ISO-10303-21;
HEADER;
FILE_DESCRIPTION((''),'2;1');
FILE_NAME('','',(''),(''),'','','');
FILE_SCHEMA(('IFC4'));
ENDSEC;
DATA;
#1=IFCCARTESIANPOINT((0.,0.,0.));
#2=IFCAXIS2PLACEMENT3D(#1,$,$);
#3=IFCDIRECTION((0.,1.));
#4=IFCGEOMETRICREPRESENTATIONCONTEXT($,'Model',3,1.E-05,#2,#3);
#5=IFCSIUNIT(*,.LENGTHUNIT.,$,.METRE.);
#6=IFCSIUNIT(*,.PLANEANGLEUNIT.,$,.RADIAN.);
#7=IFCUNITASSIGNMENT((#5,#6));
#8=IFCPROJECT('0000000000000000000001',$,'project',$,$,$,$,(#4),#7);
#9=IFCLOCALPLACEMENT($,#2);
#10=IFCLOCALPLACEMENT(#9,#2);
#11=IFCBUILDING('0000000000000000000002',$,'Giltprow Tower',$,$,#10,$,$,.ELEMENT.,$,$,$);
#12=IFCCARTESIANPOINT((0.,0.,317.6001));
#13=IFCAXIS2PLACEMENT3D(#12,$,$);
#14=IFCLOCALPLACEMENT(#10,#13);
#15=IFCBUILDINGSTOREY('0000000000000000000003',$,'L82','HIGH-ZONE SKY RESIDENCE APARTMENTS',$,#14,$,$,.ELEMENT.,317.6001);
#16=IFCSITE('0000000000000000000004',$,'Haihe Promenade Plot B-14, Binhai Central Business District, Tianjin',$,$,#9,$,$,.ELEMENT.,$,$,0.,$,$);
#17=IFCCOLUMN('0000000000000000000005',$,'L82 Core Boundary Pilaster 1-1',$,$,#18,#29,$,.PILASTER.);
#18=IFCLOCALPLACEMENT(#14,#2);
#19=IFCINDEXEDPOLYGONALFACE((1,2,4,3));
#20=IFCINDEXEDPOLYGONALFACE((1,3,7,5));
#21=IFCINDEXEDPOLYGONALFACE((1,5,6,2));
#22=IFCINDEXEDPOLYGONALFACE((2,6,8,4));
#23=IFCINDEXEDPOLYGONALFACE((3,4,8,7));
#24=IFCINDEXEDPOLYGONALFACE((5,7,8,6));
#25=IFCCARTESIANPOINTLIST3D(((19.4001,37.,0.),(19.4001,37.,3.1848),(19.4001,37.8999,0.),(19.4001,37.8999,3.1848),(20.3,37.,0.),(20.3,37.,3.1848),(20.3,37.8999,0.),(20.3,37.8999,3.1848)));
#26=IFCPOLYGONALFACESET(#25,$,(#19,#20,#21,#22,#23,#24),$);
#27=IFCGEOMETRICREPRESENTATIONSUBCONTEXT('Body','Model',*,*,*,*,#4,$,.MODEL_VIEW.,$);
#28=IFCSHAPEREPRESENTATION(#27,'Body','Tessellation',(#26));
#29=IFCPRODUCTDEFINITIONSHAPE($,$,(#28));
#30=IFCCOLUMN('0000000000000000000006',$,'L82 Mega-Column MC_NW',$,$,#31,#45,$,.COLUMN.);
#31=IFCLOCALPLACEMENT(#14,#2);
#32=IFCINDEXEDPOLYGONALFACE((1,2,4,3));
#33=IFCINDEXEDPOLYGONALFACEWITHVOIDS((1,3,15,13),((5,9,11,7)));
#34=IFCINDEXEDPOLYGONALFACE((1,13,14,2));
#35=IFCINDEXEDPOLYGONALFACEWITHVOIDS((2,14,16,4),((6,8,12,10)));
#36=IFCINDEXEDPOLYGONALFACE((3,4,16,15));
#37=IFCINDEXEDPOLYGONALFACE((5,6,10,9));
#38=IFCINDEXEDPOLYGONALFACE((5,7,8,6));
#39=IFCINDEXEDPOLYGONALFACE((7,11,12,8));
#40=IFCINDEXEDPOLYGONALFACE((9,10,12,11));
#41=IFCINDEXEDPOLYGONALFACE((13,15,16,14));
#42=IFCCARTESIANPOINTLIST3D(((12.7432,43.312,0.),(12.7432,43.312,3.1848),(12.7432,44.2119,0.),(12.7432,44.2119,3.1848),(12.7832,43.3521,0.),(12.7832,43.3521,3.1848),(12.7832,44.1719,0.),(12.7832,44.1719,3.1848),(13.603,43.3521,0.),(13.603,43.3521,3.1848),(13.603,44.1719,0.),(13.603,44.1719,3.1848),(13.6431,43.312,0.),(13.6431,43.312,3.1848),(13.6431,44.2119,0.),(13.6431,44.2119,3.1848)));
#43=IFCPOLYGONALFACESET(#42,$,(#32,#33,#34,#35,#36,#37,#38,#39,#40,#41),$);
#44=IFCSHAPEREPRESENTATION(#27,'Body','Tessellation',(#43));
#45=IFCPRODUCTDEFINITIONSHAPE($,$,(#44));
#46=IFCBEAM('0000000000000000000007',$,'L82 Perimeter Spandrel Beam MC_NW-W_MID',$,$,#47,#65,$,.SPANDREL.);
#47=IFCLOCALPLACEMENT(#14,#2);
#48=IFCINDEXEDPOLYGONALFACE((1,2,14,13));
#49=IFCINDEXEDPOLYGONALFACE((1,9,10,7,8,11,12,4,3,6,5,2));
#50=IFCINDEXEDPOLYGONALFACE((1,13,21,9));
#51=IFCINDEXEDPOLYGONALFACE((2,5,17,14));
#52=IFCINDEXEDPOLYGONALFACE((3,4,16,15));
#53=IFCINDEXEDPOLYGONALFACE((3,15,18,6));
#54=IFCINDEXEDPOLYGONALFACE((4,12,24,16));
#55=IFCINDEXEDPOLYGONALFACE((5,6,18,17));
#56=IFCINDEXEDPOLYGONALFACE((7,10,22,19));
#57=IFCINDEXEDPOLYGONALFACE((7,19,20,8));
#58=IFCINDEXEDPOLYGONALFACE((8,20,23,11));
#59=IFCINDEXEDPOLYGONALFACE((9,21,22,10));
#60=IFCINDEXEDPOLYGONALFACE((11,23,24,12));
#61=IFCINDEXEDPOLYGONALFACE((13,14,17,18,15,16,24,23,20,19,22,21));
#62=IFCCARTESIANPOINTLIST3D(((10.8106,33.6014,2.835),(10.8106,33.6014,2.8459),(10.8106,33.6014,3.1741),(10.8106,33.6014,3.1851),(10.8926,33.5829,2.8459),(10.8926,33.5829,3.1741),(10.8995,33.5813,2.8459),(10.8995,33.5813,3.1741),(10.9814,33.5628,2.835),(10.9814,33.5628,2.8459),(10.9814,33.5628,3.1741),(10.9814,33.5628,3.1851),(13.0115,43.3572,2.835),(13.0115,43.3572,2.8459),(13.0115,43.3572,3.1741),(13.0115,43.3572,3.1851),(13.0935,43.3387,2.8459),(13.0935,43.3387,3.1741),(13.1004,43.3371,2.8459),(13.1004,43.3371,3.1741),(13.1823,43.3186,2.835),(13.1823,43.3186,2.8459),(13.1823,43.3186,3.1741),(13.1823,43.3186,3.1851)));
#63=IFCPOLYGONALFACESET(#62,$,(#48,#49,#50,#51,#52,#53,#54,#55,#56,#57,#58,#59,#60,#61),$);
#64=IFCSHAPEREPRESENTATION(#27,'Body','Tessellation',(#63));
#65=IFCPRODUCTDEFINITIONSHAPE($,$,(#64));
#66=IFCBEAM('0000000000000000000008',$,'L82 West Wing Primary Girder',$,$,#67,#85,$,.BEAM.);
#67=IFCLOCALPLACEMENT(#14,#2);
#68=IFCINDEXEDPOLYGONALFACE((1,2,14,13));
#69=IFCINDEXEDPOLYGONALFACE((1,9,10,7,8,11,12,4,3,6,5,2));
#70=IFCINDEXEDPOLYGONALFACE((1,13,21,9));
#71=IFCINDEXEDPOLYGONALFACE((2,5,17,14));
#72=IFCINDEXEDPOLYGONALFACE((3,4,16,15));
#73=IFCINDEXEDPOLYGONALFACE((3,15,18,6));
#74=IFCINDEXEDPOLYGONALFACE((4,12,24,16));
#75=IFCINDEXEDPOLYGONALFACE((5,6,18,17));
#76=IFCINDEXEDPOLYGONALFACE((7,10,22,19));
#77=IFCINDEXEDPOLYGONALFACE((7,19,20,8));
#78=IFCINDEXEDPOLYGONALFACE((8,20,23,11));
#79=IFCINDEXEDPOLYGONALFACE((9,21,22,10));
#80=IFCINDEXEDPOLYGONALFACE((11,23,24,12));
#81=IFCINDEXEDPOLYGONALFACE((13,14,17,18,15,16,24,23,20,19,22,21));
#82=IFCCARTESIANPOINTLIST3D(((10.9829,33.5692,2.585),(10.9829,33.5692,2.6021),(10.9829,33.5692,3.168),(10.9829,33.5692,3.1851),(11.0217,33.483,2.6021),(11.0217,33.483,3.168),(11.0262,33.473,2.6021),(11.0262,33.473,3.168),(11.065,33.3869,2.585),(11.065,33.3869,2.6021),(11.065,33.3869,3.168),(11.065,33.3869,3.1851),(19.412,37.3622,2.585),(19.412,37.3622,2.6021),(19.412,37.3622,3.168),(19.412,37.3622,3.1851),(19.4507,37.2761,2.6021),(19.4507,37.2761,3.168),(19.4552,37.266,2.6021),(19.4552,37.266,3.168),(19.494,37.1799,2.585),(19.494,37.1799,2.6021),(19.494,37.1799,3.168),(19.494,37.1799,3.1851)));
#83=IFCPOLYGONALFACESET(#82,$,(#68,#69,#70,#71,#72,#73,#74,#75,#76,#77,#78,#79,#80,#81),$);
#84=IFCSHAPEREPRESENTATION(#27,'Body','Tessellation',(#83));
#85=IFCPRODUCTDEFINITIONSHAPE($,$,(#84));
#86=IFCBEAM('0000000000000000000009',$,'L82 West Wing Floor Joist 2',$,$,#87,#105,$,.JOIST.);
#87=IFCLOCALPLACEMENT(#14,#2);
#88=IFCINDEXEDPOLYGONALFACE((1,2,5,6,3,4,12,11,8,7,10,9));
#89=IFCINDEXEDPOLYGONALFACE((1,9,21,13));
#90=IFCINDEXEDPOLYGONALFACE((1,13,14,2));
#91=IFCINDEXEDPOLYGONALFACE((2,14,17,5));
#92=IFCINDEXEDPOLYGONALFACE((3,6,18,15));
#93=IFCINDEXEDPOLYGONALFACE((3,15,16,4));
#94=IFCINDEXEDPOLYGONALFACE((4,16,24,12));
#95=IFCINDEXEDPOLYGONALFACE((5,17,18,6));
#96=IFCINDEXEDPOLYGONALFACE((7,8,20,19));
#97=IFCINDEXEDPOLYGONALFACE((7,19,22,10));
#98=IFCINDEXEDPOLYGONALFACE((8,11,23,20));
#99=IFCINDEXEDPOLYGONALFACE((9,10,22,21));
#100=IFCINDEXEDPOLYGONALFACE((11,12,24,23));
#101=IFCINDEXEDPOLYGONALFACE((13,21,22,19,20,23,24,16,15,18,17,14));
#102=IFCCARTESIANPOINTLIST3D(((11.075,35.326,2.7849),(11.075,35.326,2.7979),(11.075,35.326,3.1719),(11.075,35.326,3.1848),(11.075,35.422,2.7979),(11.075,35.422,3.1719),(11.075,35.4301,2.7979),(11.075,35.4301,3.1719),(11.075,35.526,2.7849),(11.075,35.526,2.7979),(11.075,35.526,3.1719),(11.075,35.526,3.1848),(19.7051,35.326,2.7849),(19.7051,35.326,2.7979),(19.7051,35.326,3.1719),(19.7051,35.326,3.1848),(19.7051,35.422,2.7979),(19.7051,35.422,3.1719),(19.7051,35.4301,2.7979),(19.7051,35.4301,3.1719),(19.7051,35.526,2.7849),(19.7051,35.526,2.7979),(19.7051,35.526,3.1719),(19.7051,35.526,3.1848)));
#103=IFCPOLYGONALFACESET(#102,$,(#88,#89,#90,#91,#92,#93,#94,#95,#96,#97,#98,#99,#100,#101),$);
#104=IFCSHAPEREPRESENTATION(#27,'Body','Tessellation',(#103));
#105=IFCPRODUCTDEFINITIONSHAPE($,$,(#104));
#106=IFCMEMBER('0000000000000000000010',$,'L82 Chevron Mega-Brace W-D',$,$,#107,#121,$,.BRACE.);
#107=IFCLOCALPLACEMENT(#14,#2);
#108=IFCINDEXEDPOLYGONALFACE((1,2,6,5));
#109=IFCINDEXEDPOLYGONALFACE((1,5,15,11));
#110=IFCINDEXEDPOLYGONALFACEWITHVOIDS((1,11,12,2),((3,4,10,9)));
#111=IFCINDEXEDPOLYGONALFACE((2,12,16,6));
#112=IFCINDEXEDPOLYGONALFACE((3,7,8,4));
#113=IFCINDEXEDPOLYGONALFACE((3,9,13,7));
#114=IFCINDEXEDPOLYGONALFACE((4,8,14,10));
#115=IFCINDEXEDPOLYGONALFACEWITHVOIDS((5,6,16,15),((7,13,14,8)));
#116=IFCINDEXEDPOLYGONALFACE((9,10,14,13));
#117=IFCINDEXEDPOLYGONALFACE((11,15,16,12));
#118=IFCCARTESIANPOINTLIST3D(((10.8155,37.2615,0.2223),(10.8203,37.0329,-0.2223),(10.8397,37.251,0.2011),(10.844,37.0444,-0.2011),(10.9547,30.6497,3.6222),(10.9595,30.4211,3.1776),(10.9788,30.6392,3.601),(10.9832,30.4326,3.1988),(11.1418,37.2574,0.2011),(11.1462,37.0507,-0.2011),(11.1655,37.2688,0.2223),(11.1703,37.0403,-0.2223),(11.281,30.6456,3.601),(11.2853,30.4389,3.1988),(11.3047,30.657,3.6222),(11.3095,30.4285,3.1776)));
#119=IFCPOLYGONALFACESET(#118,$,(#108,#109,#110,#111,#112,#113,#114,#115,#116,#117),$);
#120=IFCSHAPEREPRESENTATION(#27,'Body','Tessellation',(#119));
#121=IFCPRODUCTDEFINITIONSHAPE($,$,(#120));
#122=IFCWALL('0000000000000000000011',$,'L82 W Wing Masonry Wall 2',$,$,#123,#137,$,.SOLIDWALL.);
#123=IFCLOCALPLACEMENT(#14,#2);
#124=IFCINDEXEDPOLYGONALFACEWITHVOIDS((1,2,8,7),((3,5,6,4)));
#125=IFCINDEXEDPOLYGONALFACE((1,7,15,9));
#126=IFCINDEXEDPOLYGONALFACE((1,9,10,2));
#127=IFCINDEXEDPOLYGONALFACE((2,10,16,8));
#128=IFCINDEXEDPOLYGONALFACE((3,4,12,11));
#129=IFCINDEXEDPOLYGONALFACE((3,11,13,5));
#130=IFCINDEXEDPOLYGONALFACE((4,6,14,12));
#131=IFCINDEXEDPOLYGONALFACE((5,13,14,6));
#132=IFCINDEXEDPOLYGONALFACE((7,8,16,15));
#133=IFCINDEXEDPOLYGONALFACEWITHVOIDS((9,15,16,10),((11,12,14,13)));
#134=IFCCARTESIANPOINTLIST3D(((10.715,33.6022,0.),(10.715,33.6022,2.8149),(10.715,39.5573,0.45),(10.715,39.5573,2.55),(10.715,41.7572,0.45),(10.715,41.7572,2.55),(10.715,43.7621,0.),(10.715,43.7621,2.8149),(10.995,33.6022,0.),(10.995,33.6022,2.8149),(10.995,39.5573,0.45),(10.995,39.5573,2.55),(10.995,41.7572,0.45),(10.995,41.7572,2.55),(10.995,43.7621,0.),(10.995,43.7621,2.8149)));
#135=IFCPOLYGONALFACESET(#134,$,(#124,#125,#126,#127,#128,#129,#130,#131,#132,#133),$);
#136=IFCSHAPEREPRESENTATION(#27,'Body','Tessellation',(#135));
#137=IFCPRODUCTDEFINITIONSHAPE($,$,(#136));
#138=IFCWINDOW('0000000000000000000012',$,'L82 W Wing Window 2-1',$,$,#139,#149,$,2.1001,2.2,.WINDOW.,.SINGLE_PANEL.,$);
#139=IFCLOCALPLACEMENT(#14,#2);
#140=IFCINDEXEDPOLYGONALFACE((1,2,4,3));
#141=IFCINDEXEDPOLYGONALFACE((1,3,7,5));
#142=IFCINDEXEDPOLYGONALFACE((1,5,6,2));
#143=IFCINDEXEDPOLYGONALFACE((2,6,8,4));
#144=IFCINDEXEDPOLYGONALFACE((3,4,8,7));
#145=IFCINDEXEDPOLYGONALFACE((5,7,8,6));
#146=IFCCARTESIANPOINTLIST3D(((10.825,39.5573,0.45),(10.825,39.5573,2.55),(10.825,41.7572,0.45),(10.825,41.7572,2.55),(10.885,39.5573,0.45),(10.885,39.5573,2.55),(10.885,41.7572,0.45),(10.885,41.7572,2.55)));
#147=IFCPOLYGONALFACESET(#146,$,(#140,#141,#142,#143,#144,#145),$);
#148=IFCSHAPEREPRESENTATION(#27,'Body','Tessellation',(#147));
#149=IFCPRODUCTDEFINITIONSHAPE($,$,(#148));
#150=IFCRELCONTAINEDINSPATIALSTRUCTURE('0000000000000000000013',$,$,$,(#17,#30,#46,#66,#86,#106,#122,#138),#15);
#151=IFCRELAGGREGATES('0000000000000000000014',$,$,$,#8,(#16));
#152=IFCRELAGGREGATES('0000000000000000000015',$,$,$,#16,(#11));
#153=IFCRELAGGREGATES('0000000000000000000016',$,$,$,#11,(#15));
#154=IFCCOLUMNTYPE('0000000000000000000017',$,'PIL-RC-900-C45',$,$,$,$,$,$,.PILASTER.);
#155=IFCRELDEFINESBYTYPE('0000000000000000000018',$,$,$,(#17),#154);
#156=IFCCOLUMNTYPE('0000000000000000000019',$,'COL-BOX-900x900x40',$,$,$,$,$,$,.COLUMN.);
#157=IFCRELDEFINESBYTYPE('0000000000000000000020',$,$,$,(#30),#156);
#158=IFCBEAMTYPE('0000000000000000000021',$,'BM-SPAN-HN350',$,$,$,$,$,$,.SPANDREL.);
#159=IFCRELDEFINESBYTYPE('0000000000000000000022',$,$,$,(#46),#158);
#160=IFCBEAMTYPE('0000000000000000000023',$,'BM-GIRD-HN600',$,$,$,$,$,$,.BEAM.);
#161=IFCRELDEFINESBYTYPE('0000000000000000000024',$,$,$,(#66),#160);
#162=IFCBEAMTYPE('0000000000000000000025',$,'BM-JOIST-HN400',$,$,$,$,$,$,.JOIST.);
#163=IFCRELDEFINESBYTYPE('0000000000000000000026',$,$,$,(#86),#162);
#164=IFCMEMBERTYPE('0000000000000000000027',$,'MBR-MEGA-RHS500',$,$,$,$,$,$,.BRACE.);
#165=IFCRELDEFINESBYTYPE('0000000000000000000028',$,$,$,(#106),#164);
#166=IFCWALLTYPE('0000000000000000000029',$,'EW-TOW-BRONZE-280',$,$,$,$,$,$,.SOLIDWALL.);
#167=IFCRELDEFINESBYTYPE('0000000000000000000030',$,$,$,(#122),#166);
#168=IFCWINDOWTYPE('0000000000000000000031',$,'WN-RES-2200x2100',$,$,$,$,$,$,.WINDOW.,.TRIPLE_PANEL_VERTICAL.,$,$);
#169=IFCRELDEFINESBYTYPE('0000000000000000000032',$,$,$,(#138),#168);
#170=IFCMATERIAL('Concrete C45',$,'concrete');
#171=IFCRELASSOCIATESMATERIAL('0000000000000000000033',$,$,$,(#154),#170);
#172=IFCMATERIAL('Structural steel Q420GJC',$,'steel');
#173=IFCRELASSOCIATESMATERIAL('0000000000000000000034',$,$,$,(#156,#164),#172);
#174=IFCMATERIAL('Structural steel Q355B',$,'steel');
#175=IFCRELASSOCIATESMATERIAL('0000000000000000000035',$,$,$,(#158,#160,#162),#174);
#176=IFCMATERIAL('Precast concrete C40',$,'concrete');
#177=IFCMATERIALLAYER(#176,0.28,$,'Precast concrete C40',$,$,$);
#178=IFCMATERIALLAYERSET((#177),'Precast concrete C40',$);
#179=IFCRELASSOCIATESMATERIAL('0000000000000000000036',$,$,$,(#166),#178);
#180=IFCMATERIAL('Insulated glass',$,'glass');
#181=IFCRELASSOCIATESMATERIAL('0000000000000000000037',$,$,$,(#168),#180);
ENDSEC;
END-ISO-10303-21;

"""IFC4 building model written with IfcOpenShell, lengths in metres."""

from ifc_helpers import new_model, si_unit, direction, frame, frame_2d, origin, origin_2d, place, context, subcontext, project, spatial, rectangle, hollow_rectangle, i_section, extrude, source, transform, mapped, material, layer, layer_set, material_profile, profile_set, type_object, element, fill, save


model = new_model("IFC4")

# Units and contexts
model_context = context("Model", 3, precision=1e-05, world=origin(), true_north=direction((0.0, 1.0)))
body_context = subcontext(model_context, "Body", "Model", "MODEL_VIEW")
ifc_project = project(units=[si_unit("LENGTHUNIT", "METRE"), si_unit("PLANEANGLEUNIT", "RADIAN")], contexts=[model_context])

# Site, building, storey
site_placement = place(None, origin())
site = spatial("IfcSite", under=ifc_project, at=site_placement, Name="Haihe Promenade Plot B-14, Binhai Central Business District, Tianjin", CompositionType="ELEMENT", RefElevation=0.0)
building_placement = place(site_placement, origin())
building = spatial("IfcBuilding", under=site, at=building_placement, Name="Giltprow Tower", CompositionType="ELEMENT")
storey_placement = place(building_placement, frame((0.0, 0.0, 317.6001)))
storey = spatial("IfcBuildingStorey", under=building, at=storey_placement, Name="L82", Description="HIGH-ZONE SKY RESIDENCE APARTMENTS", CompositionType="ELEMENT", Elevation=317.6001)

# Columns
ifc_material_1 = material(Name="Concrete C45", Category="concrete")
ifc_material_profile_1 = material_profile(ifc_material_1, rectangle(XDim=0.8999, YDim=0.8999, at=origin_2d()), Name="RC 900x900")
ifc_profile_set_1 = profile_set([ifc_material_profile_1], Name="Concrete C45")
column_type_1 = type_object("IfcColumnType", Name="PIL-RC-900-C45", PredefinedType="PILASTER", material=ifc_profile_set_1)
shared_shape_1 = source(origin(), body_context, "Body", "SweptSolid", [
    extrude(rectangle(XDim=0.8999, YDim=0.8999, at=origin_2d()), origin(), (0.0, 0.0, 1.0), 3.1848),
])
column_1_placement = place(storey_placement, frame((19.8501, 37.45, 0.0), z_axis=(0.0, 0.0, 1.0), x_axis=(1.0, 0.0, 0.0)))
element("IfcColumn", 1, at=column_1_placement, inside=storey, type_object=column_type_1, Name="L82 Core Boundary Pilaster 1-1", PredefinedType="PILASTER", context=body_context, shape_type="MappedRepresentation", body=[
    mapped(shared_shape_1, transform((0.0, 0.0, 0.0), x_axis=(1.0, 0.0, 0.0), y_axis=(0.0, 1.0, 0.0), z_axis=(0.0, 0.0, 1.0), scale=1.0)),
])
ifc_material_2 = material(Name="Structural steel Q420GJC", Category="steel")
ifc_material_profile_2 = material_profile(ifc_material_2, hollow_rectangle(XDim=0.8999, YDim=0.8999, WallThickness=0.04, at=origin_2d()), Name="BOX 900x900x40")
ifc_profile_set_2 = profile_set([ifc_material_profile_2], Name="Structural steel Q420GJC")
column_type_2 = type_object("IfcColumnType", Name="COL-BOX-900x900x40", PredefinedType="COLUMN", material=ifc_profile_set_2)
shared_shape_2 = source(origin(), body_context, "Body", "SweptSolid", [
    extrude(hollow_rectangle(XDim=0.8999, YDim=0.8999, WallThickness=0.04, at=origin_2d()), origin(), (0.0, 0.0, 1.0), 3.1848),
])
column_2_placement = place(storey_placement, frame((13.1931, 43.762, 0.0), z_axis=(0.0, 0.0, 1.0), x_axis=(1.0, 0.0, 0.0)))
element("IfcColumn", 2, at=column_2_placement, inside=storey, type_object=column_type_2, Name="L82 Mega-Column MC_NW", PredefinedType="COLUMN", context=body_context, shape_type="MappedRepresentation", body=[
    mapped(shared_shape_2, transform((0.0, 0.0, 0.0), x_axis=(1.0, 0.0, 0.0), y_axis=(0.0, 1.0, 0.0), z_axis=(0.0, 0.0, 1.0), scale=1.0)),
])

# Beams
ifc_material_3 = material(Name="Structural steel Q355B", Category="steel")
ifc_material_profile_3 = material_profile(ifc_material_3, i_section(OverallWidth=0.175, OverallDepth=0.3501, WebThickness=0.0071, FlangeThickness=0.011, at=origin_2d()), Name="HN 350x175x7x11")
ifc_profile_set_3 = profile_set([ifc_material_profile_3], Name="Structural steel Q355B")
beam_type_1 = type_object("IfcBeamType", Name="BM-SPAN-HN350", PredefinedType="SPANDREL", material=ifc_profile_set_3)
shared_shape_3 = source(origin(), body_context, "Body", "SweptSolid", [
    extrude(i_section(OverallWidth=0.175, OverallDepth=0.3501, WebThickness=0.0071, FlangeThickness=0.011, at=origin_2d()), origin(), (0.0, 0.0, 1.0), 10.001),
])
beam_1_placement = place(storey_placement, frame((13.0969, 43.3379, 3.01), z_axis=(-0.22007, -0.975484, 0.0), x_axis=(0.975484, -0.22007, 0.0)))
element("IfcBeam", 3, at=beam_1_placement, inside=storey, type_object=beam_type_1, Name="L82 Perimeter Spandrel Beam MC_NW-W_MID", PredefinedType="SPANDREL", context=body_context, shape_type="MappedRepresentation", body=[
    mapped(shared_shape_3, transform((0.0, 0.0, 0.0), x_axis=(1.0, 0.0, 0.0), y_axis=(0.0, 1.0, 0.0), z_axis=(0.0, 0.0, 1.0), scale=1.0)),
])
ifc_material_profile_4 = material_profile(ifc_material_3, i_section(OverallWidth=0.2, OverallDepth=0.6001, WebThickness=0.011, FlangeThickness=0.0171, at=origin_2d()), Name="HN 600x200x11x17")
ifc_profile_set_4 = profile_set([ifc_material_profile_4], Name="Structural steel Q355B")
beam_type_2 = type_object("IfcBeamType", Name="BM-GIRD-HN600", PredefinedType="BEAM", material=ifc_profile_set_4)
shared_shape_4 = source(origin(), body_context, "Body", "SweptSolid", [
    extrude(i_section(OverallWidth=0.2, OverallDepth=0.6001, WebThickness=0.011, FlangeThickness=0.0171, at=origin_2d()), origin(), (0.0, 0.0, 1.0), 9.2432),
])
beam_2_placement = place(storey_placement, frame((11.0239, 33.478, 2.885), z_axis=(0.911924, 0.410359, 0.0), x_axis=(-0.410359, 0.911924, 0.0)))
element("IfcBeam", 4, at=beam_2_placement, inside=storey, type_object=beam_type_2, Name="L82 West Wing Primary Girder", PredefinedType="BEAM", context=body_context, shape_type="MappedRepresentation", body=[
    mapped(shared_shape_4, transform((0.0, 0.0, 0.0), x_axis=(1.0, 0.0, 0.0), y_axis=(0.0, 1.0, 0.0), z_axis=(0.0, 0.0, 1.0), scale=1.0)),
])
ifc_material_profile_5 = material_profile(ifc_material_3, i_section(OverallWidth=0.2, OverallDepth=0.3999, WebThickness=0.0081, FlangeThickness=0.0129, at=origin_2d()), Name="HN 400x200x8x13")
ifc_profile_set_5 = profile_set([ifc_material_profile_5], Name="Structural steel Q355B")
beam_type_3 = type_object("IfcBeamType", Name="BM-JOIST-HN400", PredefinedType="JOIST", material=ifc_profile_set_5)
shared_shape_5 = source(origin(), body_context, "Body", "SweptSolid", [
    extrude(i_section(OverallWidth=0.2, OverallDepth=0.3999, WebThickness=0.0081, FlangeThickness=0.0129, at=origin_2d()), origin(), (0.0, 0.0, 1.0), 8.6301),
])
beam_3_placement = place(storey_placement, frame((11.075, 35.426, 2.9849), z_axis=(1.0, 0.0, 0.0), x_axis=(0.0, 1.0, 0.0)))
element("IfcBeam", 5, at=beam_3_placement, inside=storey, type_object=beam_type_3, Name="L82 West Wing Floor Joist 2", PredefinedType="JOIST", context=body_context, shape_type="MappedRepresentation", body=[
    mapped(shared_shape_5, transform((0.0, 0.0, 0.0), x_axis=(1.0, 0.0, 0.0), y_axis=(0.0, 1.0, 0.0), z_axis=(0.0, 0.0, 1.0), scale=1.0)),
])

# Member
ifc_material_profile_6 = material_profile(ifc_material_2, hollow_rectangle(XDim=0.3501, YDim=0.5, WallThickness=0.0239, at=origin_2d()), Name="RHS 500x350x24")
ifc_profile_set_6 = profile_set([ifc_material_profile_6], Name="Structural steel Q420GJC")
member_type = type_object("IfcMemberType", Name="MBR-MEGA-RHS500", PredefinedType="BRACE", material=ifc_profile_set_6)
shared_shape_6 = source(origin(), body_context, "Body", "SweptSolid", [
    extrude(hollow_rectangle(XDim=0.3501, YDim=0.5, WallThickness=0.0239, at=origin_2d()), origin(), (0.0, 0.0, 1.0), 7.436),
])
member_placement = place(storey_placement, frame((10.9929, 37.1509, 0.0), z_axis=(0.018714, -0.889157, 0.457219), x_axis=(0.999779, 0.021043, 0.0)))
element("IfcMember", 6, at=member_placement, inside=storey, type_object=member_type, Name="L82 Chevron Mega-Brace W-D", PredefinedType="BRACE", context=body_context, shape_type="MappedRepresentation", body=[
    mapped(shared_shape_6, transform((0.0, 0.0, 0.0), x_axis=(1.0, 0.0, 0.0), y_axis=(0.0, 1.0, 0.0), z_axis=(0.0, 0.0, 1.0), scale=1.0)),
])

# Wall, opening, window
ifc_material_4 = material(Name="Precast concrete C40", Category="concrete")
ifc_layer_1 = layer(ifc_material_4, 0.28, Name="Precast concrete C40")
ifc_layer_set_1 = layer_set([ifc_layer_1], Name="Precast concrete C40")
wall_type_1 = type_object("IfcWallType", Name="EW-TOW-BRONZE-280", PredefinedType="SOLIDWALL", material=ifc_layer_set_1)
wall_1_placement = place(storey_placement, frame((10.855, 33.6021, 0.0), z_axis=(0.0, 0.0, 1.0), x_axis=(0.0, 1.0, 0.0)))
wall_1 = element("IfcWall", 7, at=wall_1_placement, inside=storey, type_object=wall_type_1, Name="L82 W Wing Masonry Wall 2", PredefinedType="SOLIDWALL", context=body_context, shape_type="SweptSolid", body=[
    extrude(rectangle(XDim=10.1599, YDim=0.28, at=frame_2d((5.0801, 0.0))), origin(), (0.0, 0.0, 1.0), 2.8149),
])
opening_1_placement = place(wall_1_placement, frame((5.9551, 0.0, 0.45)))
opening_1 = element("IfcOpeningElement", 8, at=opening_1_placement, cuts=wall_1, PredefinedType="OPENING", context=body_context, shape_type="SweptSolid", body=[
    extrude(rectangle(XDim=2.2, YDim=2.1001, at=frame_2d((1.1001, 1.05))), frame((0.0, 0.1499, 0.0), z_axis=(0.0, -1.0, 0.0), x_axis=(1.0, 0.0, 0.0)), (0.0, 0.0, 1.0), 0.3),
])
ifc_material_5 = material(Name="Insulated glass", Category="glass")
window_type = type_object("IfcWindowType", Name="WN-RES-2200x2100", PartitioningType="TRIPLE_PANEL_VERTICAL", PredefinedType="WINDOW", material=ifc_material_5)
shared_shape_7 = source(origin(), body_context, "Body", "SweptSolid", [
    extrude(rectangle(XDim=2.2, YDim=2.1001, at=frame_2d((1.1001, 1.05))), frame((0.0, 0.03, 0.0), z_axis=(0.0, -1.0, 0.0), x_axis=(1.0, 0.0, 0.0)), (0.0, 0.0, 1.0), 0.0601),
])
window_placement = place(opening_1_placement, origin())
window = element("IfcWindow", 9, at=window_placement, inside=storey, type_object=window_type, Name="L82 W Wing Window 2-1", OverallHeight=2.1001, OverallWidth=2.2, PartitioningType="SINGLE_PANEL", PredefinedType="WINDOW", context=body_context, shape_type="MappedRepresentation", body=[
    mapped(shared_shape_7, transform((0.0, 0.0, 0.0), x_axis=(1.0, 0.0, 0.0), y_axis=(0.0, 1.0, 0.0), z_axis=(0.0, 0.0, 1.0), scale=1.0)),
])
fill(opening_1, window)

save(model, "model.ifc")
